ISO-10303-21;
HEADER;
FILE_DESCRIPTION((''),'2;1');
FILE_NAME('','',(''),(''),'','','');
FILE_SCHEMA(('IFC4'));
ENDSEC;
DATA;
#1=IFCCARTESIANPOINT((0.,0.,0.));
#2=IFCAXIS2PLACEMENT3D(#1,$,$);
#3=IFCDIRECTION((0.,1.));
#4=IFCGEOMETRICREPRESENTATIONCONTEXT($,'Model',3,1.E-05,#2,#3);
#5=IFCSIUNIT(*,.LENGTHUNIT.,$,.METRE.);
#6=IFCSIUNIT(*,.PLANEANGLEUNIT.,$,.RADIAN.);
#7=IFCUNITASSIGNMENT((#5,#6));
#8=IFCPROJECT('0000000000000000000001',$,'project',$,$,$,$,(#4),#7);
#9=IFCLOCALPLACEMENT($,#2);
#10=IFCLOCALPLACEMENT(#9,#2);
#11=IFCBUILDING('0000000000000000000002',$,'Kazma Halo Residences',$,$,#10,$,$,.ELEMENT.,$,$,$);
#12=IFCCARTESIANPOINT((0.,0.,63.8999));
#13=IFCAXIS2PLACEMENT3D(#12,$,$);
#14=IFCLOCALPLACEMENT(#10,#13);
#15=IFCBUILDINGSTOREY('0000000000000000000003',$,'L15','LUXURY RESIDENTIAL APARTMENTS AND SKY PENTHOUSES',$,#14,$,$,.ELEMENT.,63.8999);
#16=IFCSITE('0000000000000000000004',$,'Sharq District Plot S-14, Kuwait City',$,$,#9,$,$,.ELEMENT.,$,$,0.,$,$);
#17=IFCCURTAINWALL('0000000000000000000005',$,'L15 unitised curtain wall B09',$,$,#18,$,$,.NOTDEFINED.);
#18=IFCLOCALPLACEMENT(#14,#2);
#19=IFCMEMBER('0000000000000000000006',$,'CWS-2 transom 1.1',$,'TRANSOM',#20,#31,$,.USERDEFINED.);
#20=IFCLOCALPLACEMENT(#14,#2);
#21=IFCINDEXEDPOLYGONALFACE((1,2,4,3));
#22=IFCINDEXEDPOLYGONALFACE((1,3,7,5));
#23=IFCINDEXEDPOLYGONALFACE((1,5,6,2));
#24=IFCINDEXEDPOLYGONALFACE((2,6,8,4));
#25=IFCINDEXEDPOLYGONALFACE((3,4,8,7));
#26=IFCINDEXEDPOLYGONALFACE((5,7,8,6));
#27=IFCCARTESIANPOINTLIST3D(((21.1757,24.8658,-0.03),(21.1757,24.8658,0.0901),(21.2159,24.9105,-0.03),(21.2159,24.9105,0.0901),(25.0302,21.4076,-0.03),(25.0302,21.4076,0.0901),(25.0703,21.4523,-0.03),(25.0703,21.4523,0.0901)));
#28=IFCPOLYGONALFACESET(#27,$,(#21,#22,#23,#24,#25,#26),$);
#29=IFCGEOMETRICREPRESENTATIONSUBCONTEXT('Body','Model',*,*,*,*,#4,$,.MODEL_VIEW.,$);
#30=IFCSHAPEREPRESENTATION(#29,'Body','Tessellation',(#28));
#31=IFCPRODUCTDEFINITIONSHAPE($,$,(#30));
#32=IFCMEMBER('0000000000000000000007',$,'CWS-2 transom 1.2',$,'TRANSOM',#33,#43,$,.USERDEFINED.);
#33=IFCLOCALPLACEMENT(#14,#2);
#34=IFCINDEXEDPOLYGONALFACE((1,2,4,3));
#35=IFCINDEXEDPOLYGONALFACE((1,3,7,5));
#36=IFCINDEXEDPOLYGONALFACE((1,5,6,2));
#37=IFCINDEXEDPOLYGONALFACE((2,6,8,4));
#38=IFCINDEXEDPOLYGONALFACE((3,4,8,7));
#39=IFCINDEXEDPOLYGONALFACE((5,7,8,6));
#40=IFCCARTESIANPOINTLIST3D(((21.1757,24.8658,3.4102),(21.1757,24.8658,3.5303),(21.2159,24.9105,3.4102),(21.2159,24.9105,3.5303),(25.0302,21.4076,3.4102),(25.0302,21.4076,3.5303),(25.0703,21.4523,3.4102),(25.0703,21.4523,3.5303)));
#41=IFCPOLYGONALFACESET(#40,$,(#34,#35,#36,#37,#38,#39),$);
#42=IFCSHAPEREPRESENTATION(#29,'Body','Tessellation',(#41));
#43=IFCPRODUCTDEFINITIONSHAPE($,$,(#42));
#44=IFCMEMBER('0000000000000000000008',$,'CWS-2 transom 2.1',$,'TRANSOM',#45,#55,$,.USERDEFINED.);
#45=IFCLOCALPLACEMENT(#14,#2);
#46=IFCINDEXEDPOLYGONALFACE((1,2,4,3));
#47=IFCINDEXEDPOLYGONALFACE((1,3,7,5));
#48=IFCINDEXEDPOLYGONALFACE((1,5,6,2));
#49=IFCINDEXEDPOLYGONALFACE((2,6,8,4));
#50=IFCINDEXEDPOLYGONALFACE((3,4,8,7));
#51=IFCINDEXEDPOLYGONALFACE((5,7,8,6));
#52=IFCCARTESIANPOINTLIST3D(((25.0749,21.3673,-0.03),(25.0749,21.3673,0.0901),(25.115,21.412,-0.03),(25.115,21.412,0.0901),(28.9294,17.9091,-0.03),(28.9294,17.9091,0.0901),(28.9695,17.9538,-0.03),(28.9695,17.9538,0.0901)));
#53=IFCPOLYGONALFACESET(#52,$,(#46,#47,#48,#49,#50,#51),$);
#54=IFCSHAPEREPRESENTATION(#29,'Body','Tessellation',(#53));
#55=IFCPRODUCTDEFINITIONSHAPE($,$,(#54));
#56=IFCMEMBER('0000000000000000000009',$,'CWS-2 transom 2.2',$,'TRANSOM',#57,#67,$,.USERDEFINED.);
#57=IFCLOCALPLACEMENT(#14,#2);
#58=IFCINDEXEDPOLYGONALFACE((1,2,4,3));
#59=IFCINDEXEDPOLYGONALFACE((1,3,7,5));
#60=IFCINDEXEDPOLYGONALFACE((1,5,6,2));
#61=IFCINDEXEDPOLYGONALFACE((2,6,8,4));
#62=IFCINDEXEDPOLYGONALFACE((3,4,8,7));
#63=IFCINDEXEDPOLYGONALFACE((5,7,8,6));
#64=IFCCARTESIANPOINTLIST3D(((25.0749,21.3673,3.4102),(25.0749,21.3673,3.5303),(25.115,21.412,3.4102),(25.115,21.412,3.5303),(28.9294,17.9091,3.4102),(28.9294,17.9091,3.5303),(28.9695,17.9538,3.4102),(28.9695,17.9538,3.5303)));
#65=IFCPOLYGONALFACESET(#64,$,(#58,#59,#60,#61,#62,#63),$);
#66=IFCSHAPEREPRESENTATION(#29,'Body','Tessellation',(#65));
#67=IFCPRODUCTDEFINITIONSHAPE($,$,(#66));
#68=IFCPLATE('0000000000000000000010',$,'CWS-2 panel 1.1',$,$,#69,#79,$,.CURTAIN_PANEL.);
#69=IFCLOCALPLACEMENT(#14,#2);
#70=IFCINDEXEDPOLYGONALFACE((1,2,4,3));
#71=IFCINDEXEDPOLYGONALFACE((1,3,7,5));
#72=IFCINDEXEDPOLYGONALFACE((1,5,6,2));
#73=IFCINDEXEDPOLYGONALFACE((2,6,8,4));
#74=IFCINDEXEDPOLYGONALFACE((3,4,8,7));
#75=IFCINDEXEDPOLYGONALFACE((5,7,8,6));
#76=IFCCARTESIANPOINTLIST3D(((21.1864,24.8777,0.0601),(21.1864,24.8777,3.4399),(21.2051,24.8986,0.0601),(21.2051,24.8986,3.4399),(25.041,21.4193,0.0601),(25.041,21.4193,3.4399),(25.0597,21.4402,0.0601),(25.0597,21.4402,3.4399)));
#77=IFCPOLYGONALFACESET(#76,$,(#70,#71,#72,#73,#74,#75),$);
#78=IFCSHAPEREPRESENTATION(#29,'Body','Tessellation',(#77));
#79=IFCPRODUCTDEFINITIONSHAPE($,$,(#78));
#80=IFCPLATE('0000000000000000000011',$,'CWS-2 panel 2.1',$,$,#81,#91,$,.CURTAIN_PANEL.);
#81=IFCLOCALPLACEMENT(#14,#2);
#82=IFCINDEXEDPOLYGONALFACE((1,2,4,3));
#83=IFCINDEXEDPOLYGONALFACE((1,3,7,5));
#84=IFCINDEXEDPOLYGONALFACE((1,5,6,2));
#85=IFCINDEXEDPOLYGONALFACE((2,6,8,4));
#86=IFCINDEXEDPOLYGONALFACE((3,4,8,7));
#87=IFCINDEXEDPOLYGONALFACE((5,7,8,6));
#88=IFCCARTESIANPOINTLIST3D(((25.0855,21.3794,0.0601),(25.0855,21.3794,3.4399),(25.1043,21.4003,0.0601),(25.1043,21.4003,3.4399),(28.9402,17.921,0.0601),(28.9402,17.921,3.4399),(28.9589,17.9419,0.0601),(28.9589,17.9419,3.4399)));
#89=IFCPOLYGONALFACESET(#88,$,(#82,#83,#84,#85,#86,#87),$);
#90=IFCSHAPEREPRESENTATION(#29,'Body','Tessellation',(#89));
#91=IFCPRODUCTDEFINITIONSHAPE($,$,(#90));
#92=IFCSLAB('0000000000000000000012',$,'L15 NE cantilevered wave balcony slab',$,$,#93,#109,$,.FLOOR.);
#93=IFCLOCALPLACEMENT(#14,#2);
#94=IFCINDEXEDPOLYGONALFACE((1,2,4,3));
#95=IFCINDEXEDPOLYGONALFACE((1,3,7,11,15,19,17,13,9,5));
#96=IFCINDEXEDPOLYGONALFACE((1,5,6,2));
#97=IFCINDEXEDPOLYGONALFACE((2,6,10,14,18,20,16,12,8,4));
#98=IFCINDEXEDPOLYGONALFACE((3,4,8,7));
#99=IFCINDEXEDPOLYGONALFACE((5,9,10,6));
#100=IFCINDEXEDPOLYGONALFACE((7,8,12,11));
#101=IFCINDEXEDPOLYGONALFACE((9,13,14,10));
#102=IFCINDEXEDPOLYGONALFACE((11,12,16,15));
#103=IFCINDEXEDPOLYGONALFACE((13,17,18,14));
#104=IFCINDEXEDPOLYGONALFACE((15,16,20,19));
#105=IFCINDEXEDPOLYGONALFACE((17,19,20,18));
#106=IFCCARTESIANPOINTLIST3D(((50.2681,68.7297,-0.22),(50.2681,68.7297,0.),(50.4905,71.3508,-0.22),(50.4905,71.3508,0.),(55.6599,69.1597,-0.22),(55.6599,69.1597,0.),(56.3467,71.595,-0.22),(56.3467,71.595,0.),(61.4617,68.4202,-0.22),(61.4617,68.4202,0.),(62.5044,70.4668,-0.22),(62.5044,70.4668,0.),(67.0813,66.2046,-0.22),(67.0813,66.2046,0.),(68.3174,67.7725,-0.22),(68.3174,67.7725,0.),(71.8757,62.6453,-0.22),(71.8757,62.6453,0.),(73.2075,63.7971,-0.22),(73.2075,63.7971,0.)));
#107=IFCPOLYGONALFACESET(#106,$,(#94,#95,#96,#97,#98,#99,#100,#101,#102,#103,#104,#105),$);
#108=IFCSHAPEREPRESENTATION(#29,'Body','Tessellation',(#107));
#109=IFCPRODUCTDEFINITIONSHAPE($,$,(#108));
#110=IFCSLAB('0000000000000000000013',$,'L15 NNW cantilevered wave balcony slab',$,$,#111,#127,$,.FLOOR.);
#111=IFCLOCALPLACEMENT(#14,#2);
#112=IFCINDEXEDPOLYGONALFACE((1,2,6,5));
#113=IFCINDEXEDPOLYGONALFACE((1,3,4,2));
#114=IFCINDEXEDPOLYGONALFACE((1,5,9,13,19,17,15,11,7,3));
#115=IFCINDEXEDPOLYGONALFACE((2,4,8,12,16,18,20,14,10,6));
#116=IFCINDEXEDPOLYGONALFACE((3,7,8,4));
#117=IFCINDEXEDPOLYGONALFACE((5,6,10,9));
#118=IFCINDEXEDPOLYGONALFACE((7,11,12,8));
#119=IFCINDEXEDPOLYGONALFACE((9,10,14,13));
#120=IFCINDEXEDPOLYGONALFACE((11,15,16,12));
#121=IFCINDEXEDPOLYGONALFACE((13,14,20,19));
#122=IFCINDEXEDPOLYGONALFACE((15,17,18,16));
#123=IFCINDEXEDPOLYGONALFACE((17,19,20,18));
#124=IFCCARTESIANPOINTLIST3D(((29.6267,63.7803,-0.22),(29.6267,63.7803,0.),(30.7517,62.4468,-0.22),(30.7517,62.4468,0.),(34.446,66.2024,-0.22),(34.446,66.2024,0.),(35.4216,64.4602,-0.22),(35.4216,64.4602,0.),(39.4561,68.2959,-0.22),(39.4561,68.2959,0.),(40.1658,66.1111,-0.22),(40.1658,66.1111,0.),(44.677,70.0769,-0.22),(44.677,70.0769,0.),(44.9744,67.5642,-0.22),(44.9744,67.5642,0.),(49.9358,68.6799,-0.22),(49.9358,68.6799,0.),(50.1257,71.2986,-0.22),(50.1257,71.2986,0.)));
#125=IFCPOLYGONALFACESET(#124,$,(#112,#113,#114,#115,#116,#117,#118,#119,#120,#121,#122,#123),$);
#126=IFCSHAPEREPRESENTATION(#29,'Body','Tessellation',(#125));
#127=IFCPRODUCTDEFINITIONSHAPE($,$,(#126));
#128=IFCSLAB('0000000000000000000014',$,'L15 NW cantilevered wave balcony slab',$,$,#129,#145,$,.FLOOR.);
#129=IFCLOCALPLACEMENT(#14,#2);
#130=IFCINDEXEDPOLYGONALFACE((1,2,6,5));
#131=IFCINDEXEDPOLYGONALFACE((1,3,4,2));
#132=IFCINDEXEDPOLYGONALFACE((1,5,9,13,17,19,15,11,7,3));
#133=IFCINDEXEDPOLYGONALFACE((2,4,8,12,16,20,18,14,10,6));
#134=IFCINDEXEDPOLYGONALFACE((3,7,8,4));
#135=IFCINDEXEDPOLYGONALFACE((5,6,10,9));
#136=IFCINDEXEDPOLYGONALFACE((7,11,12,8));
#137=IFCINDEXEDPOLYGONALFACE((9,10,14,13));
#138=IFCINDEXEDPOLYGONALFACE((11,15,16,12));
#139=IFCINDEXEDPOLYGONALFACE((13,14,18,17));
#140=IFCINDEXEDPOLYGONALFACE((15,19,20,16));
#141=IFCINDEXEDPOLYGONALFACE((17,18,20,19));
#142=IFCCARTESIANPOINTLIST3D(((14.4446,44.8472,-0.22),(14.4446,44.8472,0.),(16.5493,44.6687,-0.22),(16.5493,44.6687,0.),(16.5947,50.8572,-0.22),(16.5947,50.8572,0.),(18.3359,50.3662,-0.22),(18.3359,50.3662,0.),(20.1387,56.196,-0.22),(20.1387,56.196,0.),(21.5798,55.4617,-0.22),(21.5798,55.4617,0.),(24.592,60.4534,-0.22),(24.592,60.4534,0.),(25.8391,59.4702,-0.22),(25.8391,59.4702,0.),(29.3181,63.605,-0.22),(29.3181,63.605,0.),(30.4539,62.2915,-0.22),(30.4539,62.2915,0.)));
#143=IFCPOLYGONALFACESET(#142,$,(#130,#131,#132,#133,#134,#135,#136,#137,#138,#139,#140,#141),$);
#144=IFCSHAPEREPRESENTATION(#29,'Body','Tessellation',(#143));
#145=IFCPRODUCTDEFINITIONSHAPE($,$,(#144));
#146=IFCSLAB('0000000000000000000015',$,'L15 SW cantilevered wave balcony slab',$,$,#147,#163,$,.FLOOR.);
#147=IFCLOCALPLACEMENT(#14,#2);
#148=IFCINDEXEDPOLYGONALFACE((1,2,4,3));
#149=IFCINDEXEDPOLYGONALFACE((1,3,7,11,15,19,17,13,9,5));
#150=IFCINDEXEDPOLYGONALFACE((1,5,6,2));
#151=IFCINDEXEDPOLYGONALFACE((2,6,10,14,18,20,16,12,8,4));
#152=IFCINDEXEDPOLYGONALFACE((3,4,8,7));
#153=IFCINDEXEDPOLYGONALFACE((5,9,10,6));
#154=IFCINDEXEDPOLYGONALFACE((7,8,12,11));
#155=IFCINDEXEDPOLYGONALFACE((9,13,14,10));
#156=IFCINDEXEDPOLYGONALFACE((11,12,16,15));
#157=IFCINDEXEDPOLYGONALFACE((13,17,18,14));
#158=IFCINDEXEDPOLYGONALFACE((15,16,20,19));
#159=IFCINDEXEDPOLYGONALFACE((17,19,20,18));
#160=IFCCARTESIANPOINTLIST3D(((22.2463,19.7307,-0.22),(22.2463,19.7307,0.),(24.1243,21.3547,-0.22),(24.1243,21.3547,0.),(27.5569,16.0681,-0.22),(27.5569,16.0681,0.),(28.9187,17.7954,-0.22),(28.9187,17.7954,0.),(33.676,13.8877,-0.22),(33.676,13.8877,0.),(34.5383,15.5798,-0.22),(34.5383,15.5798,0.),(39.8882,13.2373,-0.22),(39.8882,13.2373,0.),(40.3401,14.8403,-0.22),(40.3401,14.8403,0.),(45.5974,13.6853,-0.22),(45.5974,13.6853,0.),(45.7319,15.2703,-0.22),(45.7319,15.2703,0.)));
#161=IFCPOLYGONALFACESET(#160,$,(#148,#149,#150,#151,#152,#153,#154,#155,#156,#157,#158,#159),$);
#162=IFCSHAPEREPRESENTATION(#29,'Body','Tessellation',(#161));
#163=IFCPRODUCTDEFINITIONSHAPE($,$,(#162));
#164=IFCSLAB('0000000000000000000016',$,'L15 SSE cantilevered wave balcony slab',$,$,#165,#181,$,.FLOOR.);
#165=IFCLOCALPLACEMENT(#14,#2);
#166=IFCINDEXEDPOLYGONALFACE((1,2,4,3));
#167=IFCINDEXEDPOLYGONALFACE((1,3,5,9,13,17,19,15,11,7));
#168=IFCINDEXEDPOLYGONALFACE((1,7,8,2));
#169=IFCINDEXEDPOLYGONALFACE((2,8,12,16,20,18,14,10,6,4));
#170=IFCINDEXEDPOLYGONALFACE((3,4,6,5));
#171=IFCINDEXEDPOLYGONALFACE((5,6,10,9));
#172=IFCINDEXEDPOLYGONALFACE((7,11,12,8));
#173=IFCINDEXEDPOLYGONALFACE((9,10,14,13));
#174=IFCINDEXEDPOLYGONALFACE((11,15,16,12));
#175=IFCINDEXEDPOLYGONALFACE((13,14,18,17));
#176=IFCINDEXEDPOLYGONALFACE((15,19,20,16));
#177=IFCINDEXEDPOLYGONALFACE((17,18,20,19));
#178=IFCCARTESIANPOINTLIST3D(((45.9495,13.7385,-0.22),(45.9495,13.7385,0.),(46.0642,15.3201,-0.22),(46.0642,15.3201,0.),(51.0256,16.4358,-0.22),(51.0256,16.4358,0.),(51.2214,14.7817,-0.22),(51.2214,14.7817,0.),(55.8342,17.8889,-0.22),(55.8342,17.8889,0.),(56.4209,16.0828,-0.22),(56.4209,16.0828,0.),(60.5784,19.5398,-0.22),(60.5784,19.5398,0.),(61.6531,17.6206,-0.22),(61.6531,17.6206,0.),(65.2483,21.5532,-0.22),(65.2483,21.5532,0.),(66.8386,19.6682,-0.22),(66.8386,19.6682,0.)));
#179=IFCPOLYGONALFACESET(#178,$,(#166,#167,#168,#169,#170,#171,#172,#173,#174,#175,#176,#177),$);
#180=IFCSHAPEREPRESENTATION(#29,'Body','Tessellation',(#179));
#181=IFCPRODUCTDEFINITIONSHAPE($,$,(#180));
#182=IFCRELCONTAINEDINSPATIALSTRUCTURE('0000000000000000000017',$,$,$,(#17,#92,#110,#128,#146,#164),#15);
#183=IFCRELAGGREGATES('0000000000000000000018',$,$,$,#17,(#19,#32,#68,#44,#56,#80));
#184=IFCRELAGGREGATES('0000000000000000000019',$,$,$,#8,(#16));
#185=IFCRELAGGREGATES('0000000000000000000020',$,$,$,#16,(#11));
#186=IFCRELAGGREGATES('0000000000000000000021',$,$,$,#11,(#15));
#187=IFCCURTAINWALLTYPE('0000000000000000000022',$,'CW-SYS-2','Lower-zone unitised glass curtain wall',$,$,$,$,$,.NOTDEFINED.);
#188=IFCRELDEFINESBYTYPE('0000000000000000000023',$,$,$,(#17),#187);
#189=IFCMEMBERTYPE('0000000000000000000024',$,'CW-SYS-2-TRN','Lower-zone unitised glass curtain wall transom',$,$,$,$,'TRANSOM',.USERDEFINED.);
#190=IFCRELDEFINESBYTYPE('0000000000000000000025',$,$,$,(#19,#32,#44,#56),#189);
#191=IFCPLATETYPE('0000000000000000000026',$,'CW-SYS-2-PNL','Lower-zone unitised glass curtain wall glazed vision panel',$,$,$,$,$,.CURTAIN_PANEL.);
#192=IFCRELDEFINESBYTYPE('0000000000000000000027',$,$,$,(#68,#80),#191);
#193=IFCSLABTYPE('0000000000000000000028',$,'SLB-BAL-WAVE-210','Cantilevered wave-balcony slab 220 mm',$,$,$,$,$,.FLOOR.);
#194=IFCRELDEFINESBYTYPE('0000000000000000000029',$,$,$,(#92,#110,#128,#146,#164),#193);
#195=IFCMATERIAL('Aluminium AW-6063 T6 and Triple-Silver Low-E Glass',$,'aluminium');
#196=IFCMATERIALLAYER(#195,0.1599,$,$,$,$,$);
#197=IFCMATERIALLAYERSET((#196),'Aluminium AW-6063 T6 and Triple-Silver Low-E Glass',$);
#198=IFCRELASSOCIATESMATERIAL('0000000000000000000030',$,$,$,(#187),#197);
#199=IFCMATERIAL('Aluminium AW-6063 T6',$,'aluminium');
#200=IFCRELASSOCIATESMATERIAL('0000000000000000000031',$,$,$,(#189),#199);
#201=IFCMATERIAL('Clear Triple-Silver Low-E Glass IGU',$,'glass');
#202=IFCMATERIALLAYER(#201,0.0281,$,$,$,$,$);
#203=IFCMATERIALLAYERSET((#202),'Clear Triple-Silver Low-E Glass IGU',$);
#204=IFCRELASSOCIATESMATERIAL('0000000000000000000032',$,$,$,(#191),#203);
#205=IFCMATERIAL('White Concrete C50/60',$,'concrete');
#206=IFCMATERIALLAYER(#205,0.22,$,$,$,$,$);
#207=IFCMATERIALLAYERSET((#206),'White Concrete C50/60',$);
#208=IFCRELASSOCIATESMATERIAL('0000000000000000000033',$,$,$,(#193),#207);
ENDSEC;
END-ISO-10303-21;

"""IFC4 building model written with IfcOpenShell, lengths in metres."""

from ifc_helpers import new_model, si_unit, direction, frame, origin, origin_2d, place, context, subcontext, project, spatial, polyline, rectangle, outline, extrude, material, layer, layer_set, material_profile, profile_set, type_object, element, aggregate, save


model = new_model("IFC4")

# Units and contexts
model_context = context("Model", 3, precision=1e-05, world=origin(), true_north=direction((0.0, 1.0)))
body_context = subcontext(model_context, "Body", "Model", "MODEL_VIEW")
ifc_project = project(units=[si_unit("LENGTHUNIT", "METRE"), si_unit("PLANEANGLEUNIT", "RADIAN")], contexts=[model_context])

# Site, building, storey
site_placement = place(None, origin())
site = spatial("IfcSite", under=ifc_project, at=site_placement, Name="Sharq District Plot S-14, Kuwait City", CompositionType="ELEMENT", RefElevation=0.0)
building_placement = place(site_placement, origin())
building = spatial("IfcBuilding", under=site, at=building_placement, Name="Kazma Halo Residences", CompositionType="ELEMENT")
storey_placement = place(building_placement, frame((0.0, 0.0, 63.8999)))
storey = spatial("IfcBuildingStorey", under=building, at=storey_placement, Name="L15", Description="LUXURY RESIDENTIAL APARTMENTS AND SKY PENTHOUSES", CompositionType="ELEMENT", Elevation=63.8999)

# Curtain wall, members, plates
ifc_material_1 = material(Name="Aluminium AW-6063 T6 and Triple-Silver Low-E Glass", Category="aluminium")
ifc_layer_1 = layer(ifc_material_1, 0.1599)
ifc_layer_set_1 = layer_set([ifc_layer_1], Name="Aluminium AW-6063 T6 and Triple-Silver Low-E Glass")
curtain_wall_type = type_object("IfcCurtainWallType", Name="CW-SYS-2", Description="Lower-zone unitised glass curtain wall", PredefinedType="NOTDEFINED", material=ifc_layer_set_1)
curtain_wall_placement = place(storey_placement, origin())
curtain_wall = element("IfcCurtainWall", 1, at=curtain_wall_placement, inside=storey, type_object=curtain_wall_type, Name="L15 unitised curtain wall B09", PredefinedType="NOTDEFINED")
ifc_material_2 = material(Name="Aluminium AW-6063 T6", Category="aluminium")
ifc_material_profile_1 = material_profile(ifc_material_2, rectangle(XDim=0.0601, YDim=0.1201, at=origin_2d()), Name="CWT-60x120")
ifc_profile_set_1 = profile_set([ifc_material_profile_1], Name="Aluminium AW-6063 T6")
member_type_1 = type_object("IfcMemberType", Name="CW-SYS-2-TRN", Description="Lower-zone unitised glass curtain wall transom", ElementType="TRANSOM", PredefinedType="USERDEFINED", material=ifc_profile_set_1)
member_1_placement = place(storey_placement, frame((21.1958, 24.8882, 0.03), z_axis=(0.744329, -0.667813, 0.0), x_axis=(0.667813, 0.744329, 0.0)))
member_1 = element("IfcMember", 2, at=member_1_placement, type_object=member_type_1, Name="CWS-2 transom 1.1", ObjectType="TRANSOM", PredefinedType="USERDEFINED", context=body_context, shape_type="SweptSolid", body=[
    extrude(rectangle(XDim=0.0601, YDim=0.1201, at=origin_2d()), origin(), (0.0, 0.0, 1.0), 5.1785),
])
member_2_placement = place(storey_placement, frame((21.1958, 24.8882, 3.4702), z_axis=(0.744329, -0.667813, 0.0), x_axis=(0.667813, 0.744329, 0.0)))
member_2 = element("IfcMember", 3, at=member_2_placement, type_object=member_type_1, Name="CWS-2 transom 1.2", ObjectType="TRANSOM", PredefinedType="USERDEFINED", context=body_context, shape_type="SweptSolid", body=[
    extrude(rectangle(XDim=0.0601, YDim=0.1201, at=origin_2d()), origin(), (0.0, 0.0, 1.0), 5.1785),
])
member_3_placement = place(storey_placement, frame((25.095, 21.3896, 0.03), z_axis=(0.744329, -0.667813, 0.0), x_axis=(0.667813, 0.744329, 0.0)))
member_3 = element("IfcMember", 4, at=member_3_placement, type_object=member_type_1, Name="CWS-2 transom 2.1", ObjectType="TRANSOM", PredefinedType="USERDEFINED", context=body_context, shape_type="SweptSolid", body=[
    extrude(rectangle(XDim=0.0601, YDim=0.1201, at=origin_2d()), origin(), (0.0, 0.0, 1.0), 5.1785),
])
member_4_placement = place(storey_placement, frame((25.095, 21.3896, 3.4702), z_axis=(0.744329, -0.667813, 0.0), x_axis=(0.667813, 0.744329, 0.0)))
member_4 = element("IfcMember", 5, at=member_4_placement, type_object=member_type_1, Name="CWS-2 transom 2.2", ObjectType="TRANSOM", PredefinedType="USERDEFINED", context=body_context, shape_type="SweptSolid", body=[
    extrude(rectangle(XDim=0.0601, YDim=0.1201, at=origin_2d()), origin(), (0.0, 0.0, 1.0), 5.1785),
])
ifc_material_3 = material(Name="Clear Triple-Silver Low-E Glass IGU", Category="glass")
ifc_layer_2 = layer(ifc_material_3, 0.0281)
ifc_layer_set_2 = layer_set([ifc_layer_2], Name="Clear Triple-Silver Low-E Glass IGU")
plate_type = type_object("IfcPlateType", Name="CW-SYS-2-PNL", Description="Lower-zone unitised glass curtain wall glazed vision panel", PredefinedType="CURTAIN_PANEL", material=ifc_layer_set_2)
plate_1_placement = place(storey_placement, frame((23.123, 23.1589, 0.0601), z_axis=(0.0, 0.0, 1.0), x_axis=(0.744322, -0.667821, 0.0)))
plate_1 = element("IfcPlate", 6, at=plate_1_placement, type_object=plate_type, Name="CWS-2 panel 1.1", PredefinedType="CURTAIN_PANEL", context=body_context, shape_type="SweptSolid", body=[
    extrude(rectangle(XDim=5.1787, YDim=0.0281, at=origin_2d()), origin(), (0.0, 0.0, 1.0), 3.3799),
])
plate_2_placement = place(storey_placement, frame((27.0222, 19.6606, 0.0601), z_axis=(0.0, 0.0, 1.0), x_axis=(0.744322, -0.667821, 0.0)))
plate_2 = element("IfcPlate", 7, at=plate_2_placement, type_object=plate_type, Name="CWS-2 panel 2.1", PredefinedType="CURTAIN_PANEL", context=body_context, shape_type="SweptSolid", body=[
    extrude(rectangle(XDim=5.1787, YDim=0.0281, at=origin_2d()), origin(), (0.0, 0.0, 1.0), 3.3799),
])
aggregate(curtain_wall, [member_1, member_2, plate_1, member_3, member_4, plate_2])

# Slabs
ifc_material_4 = material(Name="White Concrete C50/60", Category="concrete")
ifc_layer_3 = layer(ifc_material_4, 0.22)
ifc_layer_set_3 = layer_set([ifc_layer_3], Name="White Concrete C50/60")
slab_type_1 = type_object("IfcSlabType", Name="SLB-BAL-WAVE-210", Description="Cantilevered wave-balcony slab 220 mm", PredefinedType="FLOOR", material=ifc_layer_set_3)
slab_1_placement = place(storey_placement, frame((0.0, 0.0, -0.22)))
element("IfcSlab", 8, at=slab_1_placement, inside=storey, type_object=slab_type_1, Name="L15 NE cantilevered wave balcony slab", PredefinedType="FLOOR", context=body_context, shape_type="SweptSolid", body=[
    extrude(outline(polyline([(71.8757, 62.6453), (67.0813, 66.2046), (61.4617, 68.4202), (55.6599, 69.1597), (50.2681, 68.7297), (50.4905, 71.3508), (56.3467, 71.595), (62.5044, 70.4668), (68.3174, 67.7725), (73.2075, 63.7971), (71.8757, 62.6453)])), origin(), (0.0, 0.0, 1.0), 0.22),
])
slab_2_placement = place(storey_placement, frame((0.0, 0.0, -0.22)))
element("IfcSlab", 9, at=slab_2_placement, inside=storey, type_object=slab_type_1, Name="L15 NNW cantilevered wave balcony slab", PredefinedType="FLOOR", context=body_context, shape_type="SweptSolid", body=[
    extrude(outline(polyline([(49.9358, 68.6799), (44.9744, 67.5642), (40.1658, 66.1111), (35.4216, 64.4602), (30.7517, 62.4468), (29.6267, 63.7803), (34.446, 66.2024), (39.4561, 68.2959), (44.677, 70.0769), (50.1257, 71.2986), (49.9358, 68.6799)])), origin(), (0.0, 0.0, 1.0), 0.22),
])
slab_3_placement = place(storey_placement, frame((0.0, 0.0, -0.22)))
element("IfcSlab", 10, at=slab_3_placement, inside=storey, type_object=slab_type_1, Name="L15 NW cantilevered wave balcony slab", PredefinedType="FLOOR", context=body_context, shape_type="SweptSolid", body=[
    extrude(outline(polyline([(30.4539, 62.2915), (25.8391, 59.4702), (21.5798, 55.4617), (18.3359, 50.3662), (16.5493, 44.6687), (14.4446, 44.8472), (16.5947, 50.8572), (20.1387, 56.196), (24.592, 60.4534), (29.3181, 63.605), (30.4539, 62.2915)])), origin(), (0.0, 0.0, 1.0), 0.22),
])
slab_4_placement = place(storey_placement, frame((0.0, 0.0, -0.22)))
element("IfcSlab", 11, at=slab_4_placement, inside=storey, type_object=slab_type_1, Name="L15 SW cantilevered wave balcony slab", PredefinedType="FLOOR", context=body_context, shape_type="SweptSolid", body=[
    extrude(outline(polyline([(24.1243, 21.3547), (28.9187, 17.7954), (34.5383, 15.5798), (40.3401, 14.8403), (45.7319, 15.2703), (45.5974, 13.6853), (39.8882, 13.2373), (33.676, 13.8877), (27.5569, 16.0681), (22.2463, 19.7307), (24.1243, 21.3547)])), origin(), (0.0, 0.0, 1.0), 0.22),
])
slab_5_placement = place(storey_placement, frame((0.0, 0.0, -0.22)))
element("IfcSlab", 12, at=slab_5_placement, inside=storey, type_object=slab_type_1, Name="L15 SSE cantilevered wave balcony slab", PredefinedType="FLOOR", context=body_context, shape_type="SweptSolid", body=[
    extrude(outline(polyline([(46.0642, 15.3201), (51.0256, 16.4358), (55.8342, 17.8889), (60.5784, 19.5398), (65.2483, 21.5532), (66.8386, 19.6682), (61.6531, 17.6206), (56.4209, 16.0828), (51.2214, 14.7817), (45.9495, 13.7385), (46.0642, 15.3201)])), origin(), (0.0, 0.0, 1.0), 0.22),
])

save(model, "model.ifc")
